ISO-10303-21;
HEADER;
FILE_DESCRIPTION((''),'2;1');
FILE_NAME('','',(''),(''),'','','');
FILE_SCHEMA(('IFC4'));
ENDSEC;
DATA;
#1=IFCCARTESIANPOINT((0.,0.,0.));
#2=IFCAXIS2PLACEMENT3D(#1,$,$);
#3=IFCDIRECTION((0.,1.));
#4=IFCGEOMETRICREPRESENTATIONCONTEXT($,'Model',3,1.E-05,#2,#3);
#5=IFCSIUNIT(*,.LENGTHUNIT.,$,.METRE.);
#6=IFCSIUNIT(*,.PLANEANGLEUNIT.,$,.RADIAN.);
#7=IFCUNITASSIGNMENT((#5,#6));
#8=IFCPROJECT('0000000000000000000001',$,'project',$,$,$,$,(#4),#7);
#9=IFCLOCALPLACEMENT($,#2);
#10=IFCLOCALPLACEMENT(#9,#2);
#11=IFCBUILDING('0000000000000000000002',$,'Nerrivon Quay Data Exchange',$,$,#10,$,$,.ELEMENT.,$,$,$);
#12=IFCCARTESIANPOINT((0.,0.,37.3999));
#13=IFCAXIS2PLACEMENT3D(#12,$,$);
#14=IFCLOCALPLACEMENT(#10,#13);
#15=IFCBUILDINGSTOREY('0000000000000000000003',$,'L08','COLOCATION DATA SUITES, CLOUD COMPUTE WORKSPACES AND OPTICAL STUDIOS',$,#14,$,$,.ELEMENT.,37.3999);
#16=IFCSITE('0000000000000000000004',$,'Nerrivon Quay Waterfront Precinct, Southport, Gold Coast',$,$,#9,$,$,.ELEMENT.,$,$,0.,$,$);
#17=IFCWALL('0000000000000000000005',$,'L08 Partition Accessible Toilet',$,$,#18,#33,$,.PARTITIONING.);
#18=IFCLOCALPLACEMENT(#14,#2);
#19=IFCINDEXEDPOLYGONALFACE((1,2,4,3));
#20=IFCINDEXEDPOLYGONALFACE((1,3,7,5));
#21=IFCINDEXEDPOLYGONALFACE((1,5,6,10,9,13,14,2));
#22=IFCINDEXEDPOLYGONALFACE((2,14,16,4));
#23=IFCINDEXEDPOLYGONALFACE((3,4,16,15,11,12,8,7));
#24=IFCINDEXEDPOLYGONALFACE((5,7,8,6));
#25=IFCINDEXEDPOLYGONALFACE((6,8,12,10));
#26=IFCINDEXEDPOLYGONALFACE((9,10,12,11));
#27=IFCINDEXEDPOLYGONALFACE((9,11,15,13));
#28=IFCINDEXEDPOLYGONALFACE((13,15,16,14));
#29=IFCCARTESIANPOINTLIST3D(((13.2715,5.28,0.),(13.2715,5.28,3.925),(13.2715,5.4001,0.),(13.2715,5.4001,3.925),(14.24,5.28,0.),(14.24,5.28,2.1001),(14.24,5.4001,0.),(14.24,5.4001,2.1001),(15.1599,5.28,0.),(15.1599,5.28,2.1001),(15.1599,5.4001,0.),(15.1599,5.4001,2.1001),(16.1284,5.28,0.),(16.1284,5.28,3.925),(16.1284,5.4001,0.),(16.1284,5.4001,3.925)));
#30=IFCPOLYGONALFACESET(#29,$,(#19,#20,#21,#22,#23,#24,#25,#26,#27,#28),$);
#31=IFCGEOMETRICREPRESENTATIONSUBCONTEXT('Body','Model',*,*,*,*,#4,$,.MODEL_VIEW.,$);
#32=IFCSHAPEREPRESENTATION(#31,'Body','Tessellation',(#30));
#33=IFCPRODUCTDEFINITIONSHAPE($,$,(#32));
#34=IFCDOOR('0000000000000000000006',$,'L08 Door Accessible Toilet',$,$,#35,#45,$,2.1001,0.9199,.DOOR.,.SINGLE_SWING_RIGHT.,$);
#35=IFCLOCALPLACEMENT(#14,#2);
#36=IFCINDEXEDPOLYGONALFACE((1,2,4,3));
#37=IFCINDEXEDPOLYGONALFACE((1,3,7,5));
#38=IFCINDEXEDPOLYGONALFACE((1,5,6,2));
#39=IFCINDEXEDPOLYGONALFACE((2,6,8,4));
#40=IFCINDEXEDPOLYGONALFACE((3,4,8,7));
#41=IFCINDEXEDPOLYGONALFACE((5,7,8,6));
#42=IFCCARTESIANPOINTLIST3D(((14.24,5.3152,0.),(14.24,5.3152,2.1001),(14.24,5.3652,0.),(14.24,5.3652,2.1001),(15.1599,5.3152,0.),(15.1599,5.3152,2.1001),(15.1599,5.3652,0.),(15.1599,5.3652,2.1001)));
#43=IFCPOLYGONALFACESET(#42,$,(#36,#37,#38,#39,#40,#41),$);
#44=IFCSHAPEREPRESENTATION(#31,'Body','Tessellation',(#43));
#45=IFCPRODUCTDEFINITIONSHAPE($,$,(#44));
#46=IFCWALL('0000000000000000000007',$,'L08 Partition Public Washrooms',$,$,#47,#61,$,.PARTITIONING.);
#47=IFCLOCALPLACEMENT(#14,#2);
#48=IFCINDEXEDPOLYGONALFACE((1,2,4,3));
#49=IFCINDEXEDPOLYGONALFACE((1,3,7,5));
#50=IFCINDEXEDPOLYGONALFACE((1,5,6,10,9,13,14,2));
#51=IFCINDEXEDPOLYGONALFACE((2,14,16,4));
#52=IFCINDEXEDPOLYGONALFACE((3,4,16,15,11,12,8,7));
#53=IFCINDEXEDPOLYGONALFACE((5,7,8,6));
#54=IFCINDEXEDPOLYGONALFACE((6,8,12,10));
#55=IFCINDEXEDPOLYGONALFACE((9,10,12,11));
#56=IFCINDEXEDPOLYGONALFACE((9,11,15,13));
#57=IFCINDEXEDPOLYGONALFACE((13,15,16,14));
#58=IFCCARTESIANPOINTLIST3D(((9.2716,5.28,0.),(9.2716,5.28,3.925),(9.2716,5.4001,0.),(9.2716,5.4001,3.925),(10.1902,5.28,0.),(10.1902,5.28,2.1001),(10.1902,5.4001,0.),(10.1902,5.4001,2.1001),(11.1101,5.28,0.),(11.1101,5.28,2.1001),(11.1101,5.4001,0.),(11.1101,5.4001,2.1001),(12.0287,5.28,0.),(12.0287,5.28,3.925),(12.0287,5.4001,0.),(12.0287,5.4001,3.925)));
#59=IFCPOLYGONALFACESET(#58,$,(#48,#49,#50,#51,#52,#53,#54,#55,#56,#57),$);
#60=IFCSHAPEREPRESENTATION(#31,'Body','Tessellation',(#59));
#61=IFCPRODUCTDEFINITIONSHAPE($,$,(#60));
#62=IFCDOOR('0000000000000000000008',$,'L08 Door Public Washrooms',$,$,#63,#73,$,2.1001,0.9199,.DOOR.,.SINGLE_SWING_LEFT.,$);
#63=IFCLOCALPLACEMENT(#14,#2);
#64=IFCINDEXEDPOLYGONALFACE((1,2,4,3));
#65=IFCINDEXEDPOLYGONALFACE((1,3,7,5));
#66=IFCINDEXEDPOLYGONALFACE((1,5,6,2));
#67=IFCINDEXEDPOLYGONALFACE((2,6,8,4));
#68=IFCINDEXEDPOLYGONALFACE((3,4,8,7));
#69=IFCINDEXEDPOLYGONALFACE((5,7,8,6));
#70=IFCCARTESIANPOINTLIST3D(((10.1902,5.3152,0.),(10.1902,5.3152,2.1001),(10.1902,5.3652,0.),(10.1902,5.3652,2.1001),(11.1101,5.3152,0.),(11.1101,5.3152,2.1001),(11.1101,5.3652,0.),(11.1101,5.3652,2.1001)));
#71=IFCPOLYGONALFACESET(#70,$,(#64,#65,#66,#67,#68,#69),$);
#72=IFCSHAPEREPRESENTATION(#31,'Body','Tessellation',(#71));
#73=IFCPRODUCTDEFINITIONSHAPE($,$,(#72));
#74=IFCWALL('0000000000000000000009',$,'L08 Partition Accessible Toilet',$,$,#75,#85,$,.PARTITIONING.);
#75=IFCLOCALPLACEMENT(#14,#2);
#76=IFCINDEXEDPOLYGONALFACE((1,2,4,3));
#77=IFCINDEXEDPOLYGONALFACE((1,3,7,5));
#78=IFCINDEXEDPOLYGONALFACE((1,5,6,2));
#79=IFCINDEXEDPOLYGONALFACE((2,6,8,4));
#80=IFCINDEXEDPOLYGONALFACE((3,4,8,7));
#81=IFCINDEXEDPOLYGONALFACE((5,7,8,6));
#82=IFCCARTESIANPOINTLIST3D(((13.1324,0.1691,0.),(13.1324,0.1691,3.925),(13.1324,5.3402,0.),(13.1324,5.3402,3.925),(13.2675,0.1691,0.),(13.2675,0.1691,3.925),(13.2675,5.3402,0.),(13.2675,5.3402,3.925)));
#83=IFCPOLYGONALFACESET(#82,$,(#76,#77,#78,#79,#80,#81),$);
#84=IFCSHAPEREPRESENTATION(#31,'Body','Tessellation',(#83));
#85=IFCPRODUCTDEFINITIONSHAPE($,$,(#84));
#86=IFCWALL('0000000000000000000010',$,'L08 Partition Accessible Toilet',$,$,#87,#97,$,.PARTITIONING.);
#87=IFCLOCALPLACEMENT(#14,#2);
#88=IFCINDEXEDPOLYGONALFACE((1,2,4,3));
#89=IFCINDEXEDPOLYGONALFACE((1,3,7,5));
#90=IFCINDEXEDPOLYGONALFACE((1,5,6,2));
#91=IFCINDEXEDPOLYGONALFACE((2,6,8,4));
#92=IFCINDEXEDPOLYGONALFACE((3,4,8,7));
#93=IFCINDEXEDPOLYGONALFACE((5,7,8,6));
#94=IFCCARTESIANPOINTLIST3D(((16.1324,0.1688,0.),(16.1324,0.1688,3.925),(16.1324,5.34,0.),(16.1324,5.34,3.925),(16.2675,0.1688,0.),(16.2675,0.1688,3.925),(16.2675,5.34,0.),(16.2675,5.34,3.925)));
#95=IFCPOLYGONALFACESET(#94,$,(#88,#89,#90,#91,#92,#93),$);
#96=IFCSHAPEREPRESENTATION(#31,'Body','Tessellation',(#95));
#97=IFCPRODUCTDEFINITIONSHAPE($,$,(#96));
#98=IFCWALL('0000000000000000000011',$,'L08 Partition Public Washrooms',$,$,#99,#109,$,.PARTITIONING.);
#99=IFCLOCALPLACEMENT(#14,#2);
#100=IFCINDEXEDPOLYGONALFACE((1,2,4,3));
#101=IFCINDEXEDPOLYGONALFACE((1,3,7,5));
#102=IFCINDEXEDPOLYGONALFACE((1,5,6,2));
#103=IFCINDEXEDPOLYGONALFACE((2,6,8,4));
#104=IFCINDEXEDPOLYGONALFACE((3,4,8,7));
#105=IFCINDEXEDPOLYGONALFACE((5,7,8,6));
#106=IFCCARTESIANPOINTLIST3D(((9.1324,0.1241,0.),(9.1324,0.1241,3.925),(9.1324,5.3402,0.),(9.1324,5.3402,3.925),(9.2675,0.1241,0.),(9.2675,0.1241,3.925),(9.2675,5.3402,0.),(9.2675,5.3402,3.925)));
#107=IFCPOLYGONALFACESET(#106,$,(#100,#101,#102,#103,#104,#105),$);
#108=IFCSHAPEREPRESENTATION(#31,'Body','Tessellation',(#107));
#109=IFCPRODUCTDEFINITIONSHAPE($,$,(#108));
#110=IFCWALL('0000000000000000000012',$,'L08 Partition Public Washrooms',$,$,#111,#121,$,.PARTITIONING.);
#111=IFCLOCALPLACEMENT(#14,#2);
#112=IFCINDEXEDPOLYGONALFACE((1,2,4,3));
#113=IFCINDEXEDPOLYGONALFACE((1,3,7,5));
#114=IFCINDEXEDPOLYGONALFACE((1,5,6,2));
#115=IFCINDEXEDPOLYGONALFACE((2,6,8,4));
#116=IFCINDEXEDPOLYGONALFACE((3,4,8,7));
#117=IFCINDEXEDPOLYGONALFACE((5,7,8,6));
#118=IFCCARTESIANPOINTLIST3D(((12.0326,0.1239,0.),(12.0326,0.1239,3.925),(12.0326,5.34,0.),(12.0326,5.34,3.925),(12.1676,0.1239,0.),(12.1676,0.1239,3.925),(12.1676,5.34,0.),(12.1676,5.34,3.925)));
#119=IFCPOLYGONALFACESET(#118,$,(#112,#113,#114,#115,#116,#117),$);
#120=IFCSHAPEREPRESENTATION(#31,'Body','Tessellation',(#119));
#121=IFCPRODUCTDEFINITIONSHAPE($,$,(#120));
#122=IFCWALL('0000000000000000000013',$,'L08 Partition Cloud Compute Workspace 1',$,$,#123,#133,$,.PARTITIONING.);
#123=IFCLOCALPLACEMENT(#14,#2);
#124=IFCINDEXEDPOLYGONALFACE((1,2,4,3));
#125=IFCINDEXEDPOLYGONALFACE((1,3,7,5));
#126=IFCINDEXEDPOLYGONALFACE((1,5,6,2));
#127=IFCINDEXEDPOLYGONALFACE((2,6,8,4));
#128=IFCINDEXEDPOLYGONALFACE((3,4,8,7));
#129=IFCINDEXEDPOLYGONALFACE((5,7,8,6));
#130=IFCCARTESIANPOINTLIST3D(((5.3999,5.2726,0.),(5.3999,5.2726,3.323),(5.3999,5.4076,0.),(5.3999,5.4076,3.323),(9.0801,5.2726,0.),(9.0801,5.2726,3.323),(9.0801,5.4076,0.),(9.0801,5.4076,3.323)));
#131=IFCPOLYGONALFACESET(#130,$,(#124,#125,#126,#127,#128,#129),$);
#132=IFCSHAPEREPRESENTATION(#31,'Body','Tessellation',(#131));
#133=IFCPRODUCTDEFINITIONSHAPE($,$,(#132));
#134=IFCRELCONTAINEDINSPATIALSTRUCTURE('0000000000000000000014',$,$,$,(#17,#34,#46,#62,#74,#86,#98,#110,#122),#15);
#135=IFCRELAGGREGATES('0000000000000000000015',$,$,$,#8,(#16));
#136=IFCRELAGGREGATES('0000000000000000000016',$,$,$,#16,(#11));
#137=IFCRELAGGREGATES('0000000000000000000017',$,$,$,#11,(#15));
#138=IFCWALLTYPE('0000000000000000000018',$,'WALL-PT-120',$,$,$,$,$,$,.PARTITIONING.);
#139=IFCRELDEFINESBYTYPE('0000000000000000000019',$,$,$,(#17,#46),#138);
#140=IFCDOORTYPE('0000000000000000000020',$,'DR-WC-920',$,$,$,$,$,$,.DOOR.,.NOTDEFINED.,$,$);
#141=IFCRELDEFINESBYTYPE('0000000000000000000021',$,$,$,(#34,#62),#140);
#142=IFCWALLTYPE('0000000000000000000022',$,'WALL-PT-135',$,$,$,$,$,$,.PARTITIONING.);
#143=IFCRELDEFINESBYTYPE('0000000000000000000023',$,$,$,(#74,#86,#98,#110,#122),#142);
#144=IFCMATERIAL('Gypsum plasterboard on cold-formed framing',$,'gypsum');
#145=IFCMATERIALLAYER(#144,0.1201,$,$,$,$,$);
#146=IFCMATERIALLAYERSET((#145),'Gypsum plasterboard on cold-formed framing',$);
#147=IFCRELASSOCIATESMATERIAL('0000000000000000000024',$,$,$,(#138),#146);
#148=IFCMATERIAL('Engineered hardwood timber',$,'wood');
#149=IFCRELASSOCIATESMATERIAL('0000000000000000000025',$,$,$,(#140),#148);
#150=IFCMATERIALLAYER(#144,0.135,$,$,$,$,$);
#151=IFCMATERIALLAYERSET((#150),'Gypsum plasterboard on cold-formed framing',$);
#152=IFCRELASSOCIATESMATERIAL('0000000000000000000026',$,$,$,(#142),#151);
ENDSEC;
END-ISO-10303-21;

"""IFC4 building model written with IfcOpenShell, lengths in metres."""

from ifc_helpers import new_model, si_unit, direction, frame, frame_2d, origin, place, context, subcontext, project, spatial, rectangle, extrude, material, layer, layer_set, type_object, element, fill, save


model = new_model("IFC4")

# Units and contexts
model_context = context("Model", 3, precision=1e-05, world=origin(), true_north=direction((0.0, 1.0)))
body_context = subcontext(model_context, "Body", "Model", "MODEL_VIEW")
ifc_project = project(units=[si_unit("LENGTHUNIT", "METRE"), si_unit("PLANEANGLEUNIT", "RADIAN")], contexts=[model_context])

# Site, building, storey
site_placement = place(None, origin())
site = spatial("IfcSite", under=ifc_project, at=site_placement, Name="Nerrivon Quay Waterfront Precinct, Southport, Gold Coast", CompositionType="ELEMENT", RefElevation=0.0)
building_placement = place(site_placement, origin())
building = spatial("IfcBuilding", under=site, at=building_placement, Name="Nerrivon Quay Data Exchange", CompositionType="ELEMENT")
storey_placement = place(building_placement, frame((0.0, 0.0, 37.3999)))
storey = spatial("IfcBuildingStorey", under=building, at=storey_placement, Name="L08", Description="COLOCATION DATA SUITES, CLOUD COMPUTE WORKSPACES AND OPTICAL STUDIOS", CompositionType="ELEMENT", Elevation=37.3999)

# Walls, openings, doors
ifc_material_1 = material(Name="Gypsum plasterboard on cold-formed framing", Category="gypsum")
ifc_layer_1 = layer(ifc_material_1, 0.1201)
ifc_layer_set_1 = layer_set([ifc_layer_1], Name="Gypsum plasterboard on cold-formed framing")
wall_type_1 = type_object("IfcWallType", Name="WALL-PT-120", PredefinedType="PARTITIONING", material=ifc_layer_set_1)
wall_1_placement = place(storey_placement, frame((16.1284, 5.3401, 0.0), z_axis=(0.0, 0.0, 1.0), x_axis=(-1.0, 0.0, 0.0)))
wall_1 = element("IfcWall", 1, at=wall_1_placement, inside=storey, type_object=wall_type_1, Name="L08 Partition Accessible Toilet", PredefinedType="PARTITIONING", context=body_context, shape_type="SweptSolid", body=[
    extrude(rectangle(XDim=2.8569, YDim=0.1201, at=frame_2d((1.4285, 0.0))), origin(), (0.0, 0.0, 1.0), 3.925),
])
opening_1_placement = place(wall_1_placement, frame((0.9685, 0.0, 0.0)))
opening_1 = element("IfcOpeningElement", 2, at=opening_1_placement, cuts=wall_1, PredefinedType="OPENING", context=body_context, shape_type="SweptSolid", body=[
    extrude(rectangle(XDim=0.9199, YDim=2.1001, at=frame_2d((0.46, 1.05))), frame((0.0, 0.0701, 0.0), z_axis=(0.0, -1.0, 0.0), x_axis=(1.0, 0.0, 0.0)), (0.0, 0.0, 1.0), 0.1401),
])
ifc_material_2 = material(Name="Engineered hardwood timber", Category="wood")
door_type = type_object("IfcDoorType", Name="DR-WC-920", OperationType="NOTDEFINED", PredefinedType="DOOR", material=ifc_material_2)
door_1_placement = place(opening_1_placement, origin())
door_1 = element("IfcDoor", 3, at=door_1_placement, inside=storey, type_object=door_type, Name="L08 Door Accessible Toilet", OperationType="SINGLE_SWING_RIGHT", OverallHeight=2.1001, OverallWidth=0.9199, PredefinedType="DOOR", context=body_context, shape_type="SweptSolid", body=[
    extrude(rectangle(XDim=0.9199, YDim=2.1001, at=frame_2d((0.46, 1.05))), frame((0.0, 0.0249, 0.0), z_axis=(0.0, -1.0, 0.0), x_axis=(1.0, 0.0, 0.0)), (0.0, 0.0, 1.0), 0.05),
])
fill(opening_1, door_1)
wall_2_placement = place(storey_placement, frame((12.0286, 5.3401, 0.0), z_axis=(0.0, 0.0, 1.0), x_axis=(-1.0, 0.0, 0.0)))
wall_2 = element("IfcWall", 4, at=wall_2_placement, inside=storey, type_object=wall_type_1, Name="L08 Partition Public Washrooms", PredefinedType="PARTITIONING", context=body_context, shape_type="SweptSolid", body=[
    extrude(rectangle(XDim=2.7571, YDim=0.1201, at=frame_2d((1.3784, 0.0))), origin(), (0.0, 0.0, 1.0), 3.925),
])
opening_2_placement = place(wall_2_placement, frame((0.9185, 0.0, 0.0)))
opening_2 = element("IfcOpeningElement", 5, at=opening_2_placement, cuts=wall_2, PredefinedType="OPENING", context=body_context, shape_type="SweptSolid", body=[
    extrude(rectangle(XDim=0.9199, YDim=2.1001, at=frame_2d((0.46, 1.05))), frame((0.0, 0.0701, 0.0), z_axis=(0.0, -1.0, 0.0), x_axis=(1.0, 0.0, 0.0)), (0.0, 0.0, 1.0), 0.1401),
])
door_2_placement = place(opening_2_placement, origin())
door_2 = element("IfcDoor", 6, at=door_2_placement, inside=storey, type_object=door_type, Name="L08 Door Public Washrooms", OperationType="SINGLE_SWING_LEFT", OverallHeight=2.1001, OverallWidth=0.9199, PredefinedType="DOOR", context=body_context, shape_type="SweptSolid", body=[
    extrude(rectangle(XDim=0.9199, YDim=2.1001, at=frame_2d((0.46, 1.05))), frame((0.0, 0.0249, 0.0), z_axis=(0.0, -1.0, 0.0), x_axis=(1.0, 0.0, 0.0)), (0.0, 0.0, 1.0), 0.05),
])
fill(opening_2, door_2)

# Walls
ifc_layer_2 = layer(ifc_material_1, 0.135)
ifc_layer_set_2 = layer_set([ifc_layer_2], Name="Gypsum plasterboard on cold-formed framing")
wall_type_2 = type_object("IfcWallType", Name="WALL-PT-135", PredefinedType="PARTITIONING", material=ifc_layer_set_2)
for number, where, z_axis, x_axis, name in (
    (7, (13.2, 5.3401, 0.0), (0.0, 0.0, 1.0), (0.0, -1.0, 0.0), "L08 Partition Accessible Toilet"),
    (8, (16.2, 0.1689, 0.0), (0.0, 0.0, 1.0), (0.0, 1.0, 0.0), "L08 Partition Accessible Toilet"),
):
    element("IfcWall", number, at=place(storey_placement, frame(where, z_axis=z_axis, x_axis=x_axis)), inside=storey, type_object=wall_type_2, Name=name, PredefinedType="PARTITIONING", context=body_context, shape_type="SweptSolid", body=[
        extrude(rectangle(XDim=5.1711, YDim=0.135, at=frame_2d((2.5854, 0.0))), origin(), (0.0, 0.0, 1.0), 3.925),
    ])
for number, where, z_axis, x_axis, name in (
    (9, (9.2, 5.3401, 0.0), (0.0, 0.0, 1.0), (0.0, -1.0, 0.0), "L08 Partition Public Washrooms"),
    (10, (12.1001, 0.124, 0.0), (0.0, 0.0, 1.0), (0.0, 1.0, 0.0), "L08 Partition Public Washrooms"),
):
    element("IfcWall", number, at=place(storey_placement, frame(where, z_axis=z_axis, x_axis=x_axis)), inside=storey, type_object=wall_type_2, Name=name, PredefinedType="PARTITIONING", context=body_context, shape_type="SweptSolid", body=[
        extrude(rectangle(XDim=5.2161, YDim=0.135, at=frame_2d((2.6079, 0.0))), origin(), (0.0, 0.0, 1.0), 3.925),
    ])
wall_3_placement = place(storey_placement, frame((9.0801, 5.3401, 0.0), z_axis=(0.0, 0.0, 1.0), x_axis=(-1.0, 0.0, 0.0)))
element("IfcWall", 11, at=wall_3_placement, inside=storey, type_object=wall_type_2, Name="L08 Partition Cloud Compute Workspace 1", PredefinedType="PARTITIONING", context=body_context, shape_type="SweptSolid", body=[
    extrude(rectangle(XDim=3.6802, YDim=0.135, at=frame_2d((1.8401, 0.0))), origin(), (0.0, 0.0, 1.0), 3.323),
])

save(model, "model.ifc")
